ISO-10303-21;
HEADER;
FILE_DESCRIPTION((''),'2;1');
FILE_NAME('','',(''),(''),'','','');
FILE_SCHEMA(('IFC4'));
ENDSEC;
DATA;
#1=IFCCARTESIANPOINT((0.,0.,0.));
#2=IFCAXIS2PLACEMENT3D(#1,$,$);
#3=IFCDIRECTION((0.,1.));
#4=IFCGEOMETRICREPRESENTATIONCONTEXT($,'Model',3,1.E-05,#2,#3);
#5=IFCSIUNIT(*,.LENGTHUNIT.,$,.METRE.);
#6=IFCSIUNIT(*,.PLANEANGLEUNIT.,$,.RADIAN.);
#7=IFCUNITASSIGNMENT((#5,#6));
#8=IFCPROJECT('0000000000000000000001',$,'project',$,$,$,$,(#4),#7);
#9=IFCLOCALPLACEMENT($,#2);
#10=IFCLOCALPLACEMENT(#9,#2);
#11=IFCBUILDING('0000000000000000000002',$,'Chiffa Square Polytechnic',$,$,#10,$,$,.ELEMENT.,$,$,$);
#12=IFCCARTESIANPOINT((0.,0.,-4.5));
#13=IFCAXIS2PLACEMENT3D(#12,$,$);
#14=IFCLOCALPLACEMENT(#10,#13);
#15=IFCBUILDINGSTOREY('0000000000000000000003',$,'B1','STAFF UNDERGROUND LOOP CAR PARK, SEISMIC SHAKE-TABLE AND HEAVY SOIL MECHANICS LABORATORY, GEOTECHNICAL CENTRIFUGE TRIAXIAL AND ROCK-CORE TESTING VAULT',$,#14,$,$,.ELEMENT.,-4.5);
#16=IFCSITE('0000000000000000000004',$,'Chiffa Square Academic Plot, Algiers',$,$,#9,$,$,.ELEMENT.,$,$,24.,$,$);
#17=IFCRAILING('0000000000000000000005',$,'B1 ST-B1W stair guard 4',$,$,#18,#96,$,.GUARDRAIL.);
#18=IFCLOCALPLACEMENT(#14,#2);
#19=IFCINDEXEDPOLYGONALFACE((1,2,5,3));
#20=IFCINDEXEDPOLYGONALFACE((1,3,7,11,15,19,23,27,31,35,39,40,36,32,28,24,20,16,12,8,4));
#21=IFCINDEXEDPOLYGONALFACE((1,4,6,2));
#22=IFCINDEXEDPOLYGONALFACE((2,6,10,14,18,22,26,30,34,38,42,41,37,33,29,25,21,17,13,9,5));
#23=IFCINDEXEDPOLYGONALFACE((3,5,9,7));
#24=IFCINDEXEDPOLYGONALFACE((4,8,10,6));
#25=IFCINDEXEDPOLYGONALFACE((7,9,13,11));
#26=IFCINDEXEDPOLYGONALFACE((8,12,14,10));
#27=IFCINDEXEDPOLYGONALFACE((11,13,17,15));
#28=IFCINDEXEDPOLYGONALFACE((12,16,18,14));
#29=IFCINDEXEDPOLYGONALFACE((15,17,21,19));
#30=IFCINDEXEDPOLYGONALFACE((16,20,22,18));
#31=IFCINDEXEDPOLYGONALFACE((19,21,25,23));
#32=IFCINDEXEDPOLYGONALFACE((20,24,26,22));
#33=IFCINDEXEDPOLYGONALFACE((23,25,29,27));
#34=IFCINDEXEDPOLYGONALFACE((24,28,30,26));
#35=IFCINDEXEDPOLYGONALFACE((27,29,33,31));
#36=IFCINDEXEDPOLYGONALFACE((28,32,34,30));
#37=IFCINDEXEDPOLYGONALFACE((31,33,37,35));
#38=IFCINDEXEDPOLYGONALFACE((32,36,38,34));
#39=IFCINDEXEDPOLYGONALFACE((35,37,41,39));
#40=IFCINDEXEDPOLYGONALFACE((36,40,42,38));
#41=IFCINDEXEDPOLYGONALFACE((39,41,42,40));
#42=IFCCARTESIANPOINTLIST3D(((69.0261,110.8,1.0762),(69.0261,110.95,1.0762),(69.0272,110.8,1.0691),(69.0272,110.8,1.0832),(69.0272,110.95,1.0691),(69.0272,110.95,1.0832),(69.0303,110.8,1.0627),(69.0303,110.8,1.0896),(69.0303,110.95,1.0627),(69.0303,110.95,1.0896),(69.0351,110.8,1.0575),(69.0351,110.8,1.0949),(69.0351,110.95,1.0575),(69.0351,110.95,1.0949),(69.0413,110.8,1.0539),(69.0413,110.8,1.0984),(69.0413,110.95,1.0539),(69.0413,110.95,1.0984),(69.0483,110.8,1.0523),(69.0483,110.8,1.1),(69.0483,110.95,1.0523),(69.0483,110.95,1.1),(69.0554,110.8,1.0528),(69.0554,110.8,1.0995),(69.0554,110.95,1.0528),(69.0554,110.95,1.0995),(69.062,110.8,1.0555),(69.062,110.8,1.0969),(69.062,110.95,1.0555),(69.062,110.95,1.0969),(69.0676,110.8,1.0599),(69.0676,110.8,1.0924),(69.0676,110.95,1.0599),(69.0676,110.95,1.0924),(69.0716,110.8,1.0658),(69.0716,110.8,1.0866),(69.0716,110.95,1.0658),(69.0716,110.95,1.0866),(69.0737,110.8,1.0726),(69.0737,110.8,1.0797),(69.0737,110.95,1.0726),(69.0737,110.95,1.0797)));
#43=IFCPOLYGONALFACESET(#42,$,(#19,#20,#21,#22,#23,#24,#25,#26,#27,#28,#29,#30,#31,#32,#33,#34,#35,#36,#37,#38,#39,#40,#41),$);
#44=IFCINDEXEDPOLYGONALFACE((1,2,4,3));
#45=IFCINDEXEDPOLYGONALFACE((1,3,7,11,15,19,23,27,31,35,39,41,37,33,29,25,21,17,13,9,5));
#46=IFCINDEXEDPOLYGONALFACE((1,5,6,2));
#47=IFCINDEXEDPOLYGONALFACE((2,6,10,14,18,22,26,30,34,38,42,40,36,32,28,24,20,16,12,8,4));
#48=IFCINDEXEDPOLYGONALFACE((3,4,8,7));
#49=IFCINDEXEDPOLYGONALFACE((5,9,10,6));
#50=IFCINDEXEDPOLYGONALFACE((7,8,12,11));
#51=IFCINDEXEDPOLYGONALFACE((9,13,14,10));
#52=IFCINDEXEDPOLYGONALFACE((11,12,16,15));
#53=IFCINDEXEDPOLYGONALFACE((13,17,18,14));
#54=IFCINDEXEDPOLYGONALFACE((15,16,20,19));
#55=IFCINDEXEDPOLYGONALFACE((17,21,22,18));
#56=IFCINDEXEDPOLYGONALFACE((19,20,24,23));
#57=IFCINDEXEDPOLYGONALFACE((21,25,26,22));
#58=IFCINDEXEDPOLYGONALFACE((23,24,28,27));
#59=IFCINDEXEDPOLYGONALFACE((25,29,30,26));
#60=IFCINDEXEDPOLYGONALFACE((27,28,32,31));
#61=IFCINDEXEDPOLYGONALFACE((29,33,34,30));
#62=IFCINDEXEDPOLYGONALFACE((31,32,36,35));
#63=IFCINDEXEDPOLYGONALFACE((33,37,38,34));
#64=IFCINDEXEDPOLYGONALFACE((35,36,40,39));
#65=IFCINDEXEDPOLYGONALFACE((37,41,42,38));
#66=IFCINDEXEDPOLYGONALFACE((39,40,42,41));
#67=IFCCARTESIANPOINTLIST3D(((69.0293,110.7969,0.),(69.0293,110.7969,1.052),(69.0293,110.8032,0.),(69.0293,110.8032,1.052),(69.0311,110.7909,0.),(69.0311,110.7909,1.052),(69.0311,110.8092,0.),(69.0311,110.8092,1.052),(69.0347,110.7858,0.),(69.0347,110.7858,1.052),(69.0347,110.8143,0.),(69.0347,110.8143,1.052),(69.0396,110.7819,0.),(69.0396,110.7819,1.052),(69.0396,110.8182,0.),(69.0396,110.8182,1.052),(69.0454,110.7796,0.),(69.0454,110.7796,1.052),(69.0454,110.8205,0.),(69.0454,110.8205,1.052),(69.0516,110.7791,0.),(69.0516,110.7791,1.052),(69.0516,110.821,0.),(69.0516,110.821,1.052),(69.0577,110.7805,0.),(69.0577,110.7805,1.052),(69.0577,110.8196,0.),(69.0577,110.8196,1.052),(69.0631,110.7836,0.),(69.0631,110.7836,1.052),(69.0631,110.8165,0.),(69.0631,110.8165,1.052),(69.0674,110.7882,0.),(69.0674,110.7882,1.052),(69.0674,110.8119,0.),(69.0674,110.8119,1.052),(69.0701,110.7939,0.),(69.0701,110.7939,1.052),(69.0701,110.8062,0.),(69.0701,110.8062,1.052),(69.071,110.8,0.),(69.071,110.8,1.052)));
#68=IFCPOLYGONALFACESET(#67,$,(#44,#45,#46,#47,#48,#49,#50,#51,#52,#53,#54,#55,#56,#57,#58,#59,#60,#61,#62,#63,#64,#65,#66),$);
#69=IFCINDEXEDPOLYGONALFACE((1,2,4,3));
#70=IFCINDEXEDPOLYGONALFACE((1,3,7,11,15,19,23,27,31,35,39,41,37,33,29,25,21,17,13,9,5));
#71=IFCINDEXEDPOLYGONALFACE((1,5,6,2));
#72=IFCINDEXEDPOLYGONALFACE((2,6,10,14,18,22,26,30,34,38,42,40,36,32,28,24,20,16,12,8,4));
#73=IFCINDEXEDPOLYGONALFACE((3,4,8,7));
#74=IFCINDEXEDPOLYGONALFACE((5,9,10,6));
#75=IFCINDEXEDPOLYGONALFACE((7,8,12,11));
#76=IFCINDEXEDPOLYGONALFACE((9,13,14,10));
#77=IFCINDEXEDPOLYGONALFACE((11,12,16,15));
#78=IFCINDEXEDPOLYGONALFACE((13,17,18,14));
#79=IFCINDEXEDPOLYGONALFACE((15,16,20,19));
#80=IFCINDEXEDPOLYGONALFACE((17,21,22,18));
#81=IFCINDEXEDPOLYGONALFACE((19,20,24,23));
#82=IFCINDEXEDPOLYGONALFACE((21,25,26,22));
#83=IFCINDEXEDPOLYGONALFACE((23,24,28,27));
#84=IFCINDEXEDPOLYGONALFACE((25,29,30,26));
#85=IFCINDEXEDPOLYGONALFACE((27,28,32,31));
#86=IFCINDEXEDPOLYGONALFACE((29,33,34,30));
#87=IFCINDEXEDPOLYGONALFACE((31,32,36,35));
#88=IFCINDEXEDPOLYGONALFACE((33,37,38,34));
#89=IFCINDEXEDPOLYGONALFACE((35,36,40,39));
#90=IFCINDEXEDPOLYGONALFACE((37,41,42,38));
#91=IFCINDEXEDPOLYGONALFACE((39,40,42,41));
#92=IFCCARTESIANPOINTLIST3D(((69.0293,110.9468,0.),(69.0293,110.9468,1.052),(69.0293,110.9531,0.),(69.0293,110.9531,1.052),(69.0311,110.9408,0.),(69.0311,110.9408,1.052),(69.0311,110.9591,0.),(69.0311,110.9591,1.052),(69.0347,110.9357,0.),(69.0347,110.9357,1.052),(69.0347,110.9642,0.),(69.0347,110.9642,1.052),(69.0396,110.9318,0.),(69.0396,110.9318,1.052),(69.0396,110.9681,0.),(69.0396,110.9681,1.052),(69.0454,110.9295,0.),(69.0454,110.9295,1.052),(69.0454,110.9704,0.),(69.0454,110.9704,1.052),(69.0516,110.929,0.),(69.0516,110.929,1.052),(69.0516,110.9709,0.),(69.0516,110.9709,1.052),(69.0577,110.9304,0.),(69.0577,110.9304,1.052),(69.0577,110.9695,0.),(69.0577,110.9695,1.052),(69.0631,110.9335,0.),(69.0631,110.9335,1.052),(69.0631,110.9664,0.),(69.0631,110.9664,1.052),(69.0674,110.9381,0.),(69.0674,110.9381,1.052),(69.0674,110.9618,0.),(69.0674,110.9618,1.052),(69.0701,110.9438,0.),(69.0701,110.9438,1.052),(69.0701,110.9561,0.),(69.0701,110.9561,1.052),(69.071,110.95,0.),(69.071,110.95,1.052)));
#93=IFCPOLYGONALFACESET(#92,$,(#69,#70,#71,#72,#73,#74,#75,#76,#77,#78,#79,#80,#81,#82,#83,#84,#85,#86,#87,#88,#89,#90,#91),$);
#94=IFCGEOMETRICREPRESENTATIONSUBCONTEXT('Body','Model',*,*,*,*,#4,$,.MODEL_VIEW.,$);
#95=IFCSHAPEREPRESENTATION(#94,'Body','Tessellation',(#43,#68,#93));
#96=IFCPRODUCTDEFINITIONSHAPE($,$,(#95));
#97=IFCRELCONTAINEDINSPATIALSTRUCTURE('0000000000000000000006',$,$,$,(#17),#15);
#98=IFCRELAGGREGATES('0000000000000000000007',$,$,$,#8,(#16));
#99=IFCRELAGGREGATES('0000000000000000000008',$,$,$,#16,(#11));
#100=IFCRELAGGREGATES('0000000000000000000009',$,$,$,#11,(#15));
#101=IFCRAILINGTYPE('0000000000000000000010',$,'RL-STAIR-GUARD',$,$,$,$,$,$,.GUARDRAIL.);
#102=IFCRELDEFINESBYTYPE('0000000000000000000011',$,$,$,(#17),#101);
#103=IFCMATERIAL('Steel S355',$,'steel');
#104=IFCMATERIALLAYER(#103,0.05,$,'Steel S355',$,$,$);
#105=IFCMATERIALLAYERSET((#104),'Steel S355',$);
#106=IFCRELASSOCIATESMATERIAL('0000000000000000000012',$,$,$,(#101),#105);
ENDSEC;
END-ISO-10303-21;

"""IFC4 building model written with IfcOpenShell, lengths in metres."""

from ifc_helpers import new_model, si_unit, direction, frame, origin, origin_2d, place, context, subcontext, project, spatial, circle, extrude, material, layer, layer_set, type_object, element, save


model = new_model("IFC4")

# Units and contexts
model_context = context("Model", 3, precision=1e-05, world=origin(), true_north=direction((0.0, 1.0)))
body_context = subcontext(model_context, "Body", "Model", "MODEL_VIEW")
ifc_project = project(units=[si_unit("LENGTHUNIT", "METRE"), si_unit("PLANEANGLEUNIT", "RADIAN")], contexts=[model_context])

# Site, building, storey
site_placement = place(None, origin())
site = spatial("IfcSite", under=ifc_project, at=site_placement, Name="Chiffa Square Academic Plot, Algiers", CompositionType="ELEMENT", RefElevation=24.0)
building_placement = place(site_placement, origin())
building = spatial("IfcBuilding", under=site, at=building_placement, Name="Chiffa Square Polytechnic", CompositionType="ELEMENT")
storey_placement = place(building_placement, frame((0.0, 0.0, -4.5)))
storey = spatial("IfcBuildingStorey", under=building, at=storey_placement, Name="B1", Description="STAFF UNDERGROUND LOOP CAR PARK, SEISMIC SHAKE-TABLE AND HEAVY SOIL MECHANICS LABORATORY, GEOTECHNICAL CENTRIFUGE TRIAXIAL AND ROCK-CORE TESTING VAULT", CompositionType="ELEMENT", Elevation=-4.5)

# Railing
ifc_material_1 = material(Name="Steel S355", Category="steel")
ifc_layer_1 = layer(ifc_material_1, 0.05, Name="Steel S355")
ifc_layer_set_1 = layer_set([ifc_layer_1], Name="Steel S355")
railing_type_1 = type_object("IfcRailingType", Name="RL-STAIR-GUARD", PredefinedType="GUARDRAIL", material=ifc_layer_set_1)
railing_1_placement = place(storey_placement, frame((69.05, 110.8, 0.0)))
element("IfcRailing", 1, at=railing_1_placement, inside=storey, type_object=railing_type_1, Name="B1 ST-B1W stair guard 4", PredefinedType="GUARDRAIL", context=body_context, shape_type="SweptSolid", body=[
    extrude(circle(Radius=0.0239, at=origin_2d()), frame((0.0, 0.0, 1.0762), z_axis=(0.0, 1.0, 0.0), x_axis=(-1.0, 0.0, 0.0)), (0.0, 0.0, 1.0), 0.1499),
    extrude(circle(Radius=0.021, at=origin_2d()), origin(), (0.0, 0.0, 1.0), 1.052),
    extrude(circle(Radius=0.021, at=origin_2d()), frame((0.0, 0.1499, 0.0)), (0.0, 0.0, 1.0), 1.052),
])

save(model, "model.ifc")
